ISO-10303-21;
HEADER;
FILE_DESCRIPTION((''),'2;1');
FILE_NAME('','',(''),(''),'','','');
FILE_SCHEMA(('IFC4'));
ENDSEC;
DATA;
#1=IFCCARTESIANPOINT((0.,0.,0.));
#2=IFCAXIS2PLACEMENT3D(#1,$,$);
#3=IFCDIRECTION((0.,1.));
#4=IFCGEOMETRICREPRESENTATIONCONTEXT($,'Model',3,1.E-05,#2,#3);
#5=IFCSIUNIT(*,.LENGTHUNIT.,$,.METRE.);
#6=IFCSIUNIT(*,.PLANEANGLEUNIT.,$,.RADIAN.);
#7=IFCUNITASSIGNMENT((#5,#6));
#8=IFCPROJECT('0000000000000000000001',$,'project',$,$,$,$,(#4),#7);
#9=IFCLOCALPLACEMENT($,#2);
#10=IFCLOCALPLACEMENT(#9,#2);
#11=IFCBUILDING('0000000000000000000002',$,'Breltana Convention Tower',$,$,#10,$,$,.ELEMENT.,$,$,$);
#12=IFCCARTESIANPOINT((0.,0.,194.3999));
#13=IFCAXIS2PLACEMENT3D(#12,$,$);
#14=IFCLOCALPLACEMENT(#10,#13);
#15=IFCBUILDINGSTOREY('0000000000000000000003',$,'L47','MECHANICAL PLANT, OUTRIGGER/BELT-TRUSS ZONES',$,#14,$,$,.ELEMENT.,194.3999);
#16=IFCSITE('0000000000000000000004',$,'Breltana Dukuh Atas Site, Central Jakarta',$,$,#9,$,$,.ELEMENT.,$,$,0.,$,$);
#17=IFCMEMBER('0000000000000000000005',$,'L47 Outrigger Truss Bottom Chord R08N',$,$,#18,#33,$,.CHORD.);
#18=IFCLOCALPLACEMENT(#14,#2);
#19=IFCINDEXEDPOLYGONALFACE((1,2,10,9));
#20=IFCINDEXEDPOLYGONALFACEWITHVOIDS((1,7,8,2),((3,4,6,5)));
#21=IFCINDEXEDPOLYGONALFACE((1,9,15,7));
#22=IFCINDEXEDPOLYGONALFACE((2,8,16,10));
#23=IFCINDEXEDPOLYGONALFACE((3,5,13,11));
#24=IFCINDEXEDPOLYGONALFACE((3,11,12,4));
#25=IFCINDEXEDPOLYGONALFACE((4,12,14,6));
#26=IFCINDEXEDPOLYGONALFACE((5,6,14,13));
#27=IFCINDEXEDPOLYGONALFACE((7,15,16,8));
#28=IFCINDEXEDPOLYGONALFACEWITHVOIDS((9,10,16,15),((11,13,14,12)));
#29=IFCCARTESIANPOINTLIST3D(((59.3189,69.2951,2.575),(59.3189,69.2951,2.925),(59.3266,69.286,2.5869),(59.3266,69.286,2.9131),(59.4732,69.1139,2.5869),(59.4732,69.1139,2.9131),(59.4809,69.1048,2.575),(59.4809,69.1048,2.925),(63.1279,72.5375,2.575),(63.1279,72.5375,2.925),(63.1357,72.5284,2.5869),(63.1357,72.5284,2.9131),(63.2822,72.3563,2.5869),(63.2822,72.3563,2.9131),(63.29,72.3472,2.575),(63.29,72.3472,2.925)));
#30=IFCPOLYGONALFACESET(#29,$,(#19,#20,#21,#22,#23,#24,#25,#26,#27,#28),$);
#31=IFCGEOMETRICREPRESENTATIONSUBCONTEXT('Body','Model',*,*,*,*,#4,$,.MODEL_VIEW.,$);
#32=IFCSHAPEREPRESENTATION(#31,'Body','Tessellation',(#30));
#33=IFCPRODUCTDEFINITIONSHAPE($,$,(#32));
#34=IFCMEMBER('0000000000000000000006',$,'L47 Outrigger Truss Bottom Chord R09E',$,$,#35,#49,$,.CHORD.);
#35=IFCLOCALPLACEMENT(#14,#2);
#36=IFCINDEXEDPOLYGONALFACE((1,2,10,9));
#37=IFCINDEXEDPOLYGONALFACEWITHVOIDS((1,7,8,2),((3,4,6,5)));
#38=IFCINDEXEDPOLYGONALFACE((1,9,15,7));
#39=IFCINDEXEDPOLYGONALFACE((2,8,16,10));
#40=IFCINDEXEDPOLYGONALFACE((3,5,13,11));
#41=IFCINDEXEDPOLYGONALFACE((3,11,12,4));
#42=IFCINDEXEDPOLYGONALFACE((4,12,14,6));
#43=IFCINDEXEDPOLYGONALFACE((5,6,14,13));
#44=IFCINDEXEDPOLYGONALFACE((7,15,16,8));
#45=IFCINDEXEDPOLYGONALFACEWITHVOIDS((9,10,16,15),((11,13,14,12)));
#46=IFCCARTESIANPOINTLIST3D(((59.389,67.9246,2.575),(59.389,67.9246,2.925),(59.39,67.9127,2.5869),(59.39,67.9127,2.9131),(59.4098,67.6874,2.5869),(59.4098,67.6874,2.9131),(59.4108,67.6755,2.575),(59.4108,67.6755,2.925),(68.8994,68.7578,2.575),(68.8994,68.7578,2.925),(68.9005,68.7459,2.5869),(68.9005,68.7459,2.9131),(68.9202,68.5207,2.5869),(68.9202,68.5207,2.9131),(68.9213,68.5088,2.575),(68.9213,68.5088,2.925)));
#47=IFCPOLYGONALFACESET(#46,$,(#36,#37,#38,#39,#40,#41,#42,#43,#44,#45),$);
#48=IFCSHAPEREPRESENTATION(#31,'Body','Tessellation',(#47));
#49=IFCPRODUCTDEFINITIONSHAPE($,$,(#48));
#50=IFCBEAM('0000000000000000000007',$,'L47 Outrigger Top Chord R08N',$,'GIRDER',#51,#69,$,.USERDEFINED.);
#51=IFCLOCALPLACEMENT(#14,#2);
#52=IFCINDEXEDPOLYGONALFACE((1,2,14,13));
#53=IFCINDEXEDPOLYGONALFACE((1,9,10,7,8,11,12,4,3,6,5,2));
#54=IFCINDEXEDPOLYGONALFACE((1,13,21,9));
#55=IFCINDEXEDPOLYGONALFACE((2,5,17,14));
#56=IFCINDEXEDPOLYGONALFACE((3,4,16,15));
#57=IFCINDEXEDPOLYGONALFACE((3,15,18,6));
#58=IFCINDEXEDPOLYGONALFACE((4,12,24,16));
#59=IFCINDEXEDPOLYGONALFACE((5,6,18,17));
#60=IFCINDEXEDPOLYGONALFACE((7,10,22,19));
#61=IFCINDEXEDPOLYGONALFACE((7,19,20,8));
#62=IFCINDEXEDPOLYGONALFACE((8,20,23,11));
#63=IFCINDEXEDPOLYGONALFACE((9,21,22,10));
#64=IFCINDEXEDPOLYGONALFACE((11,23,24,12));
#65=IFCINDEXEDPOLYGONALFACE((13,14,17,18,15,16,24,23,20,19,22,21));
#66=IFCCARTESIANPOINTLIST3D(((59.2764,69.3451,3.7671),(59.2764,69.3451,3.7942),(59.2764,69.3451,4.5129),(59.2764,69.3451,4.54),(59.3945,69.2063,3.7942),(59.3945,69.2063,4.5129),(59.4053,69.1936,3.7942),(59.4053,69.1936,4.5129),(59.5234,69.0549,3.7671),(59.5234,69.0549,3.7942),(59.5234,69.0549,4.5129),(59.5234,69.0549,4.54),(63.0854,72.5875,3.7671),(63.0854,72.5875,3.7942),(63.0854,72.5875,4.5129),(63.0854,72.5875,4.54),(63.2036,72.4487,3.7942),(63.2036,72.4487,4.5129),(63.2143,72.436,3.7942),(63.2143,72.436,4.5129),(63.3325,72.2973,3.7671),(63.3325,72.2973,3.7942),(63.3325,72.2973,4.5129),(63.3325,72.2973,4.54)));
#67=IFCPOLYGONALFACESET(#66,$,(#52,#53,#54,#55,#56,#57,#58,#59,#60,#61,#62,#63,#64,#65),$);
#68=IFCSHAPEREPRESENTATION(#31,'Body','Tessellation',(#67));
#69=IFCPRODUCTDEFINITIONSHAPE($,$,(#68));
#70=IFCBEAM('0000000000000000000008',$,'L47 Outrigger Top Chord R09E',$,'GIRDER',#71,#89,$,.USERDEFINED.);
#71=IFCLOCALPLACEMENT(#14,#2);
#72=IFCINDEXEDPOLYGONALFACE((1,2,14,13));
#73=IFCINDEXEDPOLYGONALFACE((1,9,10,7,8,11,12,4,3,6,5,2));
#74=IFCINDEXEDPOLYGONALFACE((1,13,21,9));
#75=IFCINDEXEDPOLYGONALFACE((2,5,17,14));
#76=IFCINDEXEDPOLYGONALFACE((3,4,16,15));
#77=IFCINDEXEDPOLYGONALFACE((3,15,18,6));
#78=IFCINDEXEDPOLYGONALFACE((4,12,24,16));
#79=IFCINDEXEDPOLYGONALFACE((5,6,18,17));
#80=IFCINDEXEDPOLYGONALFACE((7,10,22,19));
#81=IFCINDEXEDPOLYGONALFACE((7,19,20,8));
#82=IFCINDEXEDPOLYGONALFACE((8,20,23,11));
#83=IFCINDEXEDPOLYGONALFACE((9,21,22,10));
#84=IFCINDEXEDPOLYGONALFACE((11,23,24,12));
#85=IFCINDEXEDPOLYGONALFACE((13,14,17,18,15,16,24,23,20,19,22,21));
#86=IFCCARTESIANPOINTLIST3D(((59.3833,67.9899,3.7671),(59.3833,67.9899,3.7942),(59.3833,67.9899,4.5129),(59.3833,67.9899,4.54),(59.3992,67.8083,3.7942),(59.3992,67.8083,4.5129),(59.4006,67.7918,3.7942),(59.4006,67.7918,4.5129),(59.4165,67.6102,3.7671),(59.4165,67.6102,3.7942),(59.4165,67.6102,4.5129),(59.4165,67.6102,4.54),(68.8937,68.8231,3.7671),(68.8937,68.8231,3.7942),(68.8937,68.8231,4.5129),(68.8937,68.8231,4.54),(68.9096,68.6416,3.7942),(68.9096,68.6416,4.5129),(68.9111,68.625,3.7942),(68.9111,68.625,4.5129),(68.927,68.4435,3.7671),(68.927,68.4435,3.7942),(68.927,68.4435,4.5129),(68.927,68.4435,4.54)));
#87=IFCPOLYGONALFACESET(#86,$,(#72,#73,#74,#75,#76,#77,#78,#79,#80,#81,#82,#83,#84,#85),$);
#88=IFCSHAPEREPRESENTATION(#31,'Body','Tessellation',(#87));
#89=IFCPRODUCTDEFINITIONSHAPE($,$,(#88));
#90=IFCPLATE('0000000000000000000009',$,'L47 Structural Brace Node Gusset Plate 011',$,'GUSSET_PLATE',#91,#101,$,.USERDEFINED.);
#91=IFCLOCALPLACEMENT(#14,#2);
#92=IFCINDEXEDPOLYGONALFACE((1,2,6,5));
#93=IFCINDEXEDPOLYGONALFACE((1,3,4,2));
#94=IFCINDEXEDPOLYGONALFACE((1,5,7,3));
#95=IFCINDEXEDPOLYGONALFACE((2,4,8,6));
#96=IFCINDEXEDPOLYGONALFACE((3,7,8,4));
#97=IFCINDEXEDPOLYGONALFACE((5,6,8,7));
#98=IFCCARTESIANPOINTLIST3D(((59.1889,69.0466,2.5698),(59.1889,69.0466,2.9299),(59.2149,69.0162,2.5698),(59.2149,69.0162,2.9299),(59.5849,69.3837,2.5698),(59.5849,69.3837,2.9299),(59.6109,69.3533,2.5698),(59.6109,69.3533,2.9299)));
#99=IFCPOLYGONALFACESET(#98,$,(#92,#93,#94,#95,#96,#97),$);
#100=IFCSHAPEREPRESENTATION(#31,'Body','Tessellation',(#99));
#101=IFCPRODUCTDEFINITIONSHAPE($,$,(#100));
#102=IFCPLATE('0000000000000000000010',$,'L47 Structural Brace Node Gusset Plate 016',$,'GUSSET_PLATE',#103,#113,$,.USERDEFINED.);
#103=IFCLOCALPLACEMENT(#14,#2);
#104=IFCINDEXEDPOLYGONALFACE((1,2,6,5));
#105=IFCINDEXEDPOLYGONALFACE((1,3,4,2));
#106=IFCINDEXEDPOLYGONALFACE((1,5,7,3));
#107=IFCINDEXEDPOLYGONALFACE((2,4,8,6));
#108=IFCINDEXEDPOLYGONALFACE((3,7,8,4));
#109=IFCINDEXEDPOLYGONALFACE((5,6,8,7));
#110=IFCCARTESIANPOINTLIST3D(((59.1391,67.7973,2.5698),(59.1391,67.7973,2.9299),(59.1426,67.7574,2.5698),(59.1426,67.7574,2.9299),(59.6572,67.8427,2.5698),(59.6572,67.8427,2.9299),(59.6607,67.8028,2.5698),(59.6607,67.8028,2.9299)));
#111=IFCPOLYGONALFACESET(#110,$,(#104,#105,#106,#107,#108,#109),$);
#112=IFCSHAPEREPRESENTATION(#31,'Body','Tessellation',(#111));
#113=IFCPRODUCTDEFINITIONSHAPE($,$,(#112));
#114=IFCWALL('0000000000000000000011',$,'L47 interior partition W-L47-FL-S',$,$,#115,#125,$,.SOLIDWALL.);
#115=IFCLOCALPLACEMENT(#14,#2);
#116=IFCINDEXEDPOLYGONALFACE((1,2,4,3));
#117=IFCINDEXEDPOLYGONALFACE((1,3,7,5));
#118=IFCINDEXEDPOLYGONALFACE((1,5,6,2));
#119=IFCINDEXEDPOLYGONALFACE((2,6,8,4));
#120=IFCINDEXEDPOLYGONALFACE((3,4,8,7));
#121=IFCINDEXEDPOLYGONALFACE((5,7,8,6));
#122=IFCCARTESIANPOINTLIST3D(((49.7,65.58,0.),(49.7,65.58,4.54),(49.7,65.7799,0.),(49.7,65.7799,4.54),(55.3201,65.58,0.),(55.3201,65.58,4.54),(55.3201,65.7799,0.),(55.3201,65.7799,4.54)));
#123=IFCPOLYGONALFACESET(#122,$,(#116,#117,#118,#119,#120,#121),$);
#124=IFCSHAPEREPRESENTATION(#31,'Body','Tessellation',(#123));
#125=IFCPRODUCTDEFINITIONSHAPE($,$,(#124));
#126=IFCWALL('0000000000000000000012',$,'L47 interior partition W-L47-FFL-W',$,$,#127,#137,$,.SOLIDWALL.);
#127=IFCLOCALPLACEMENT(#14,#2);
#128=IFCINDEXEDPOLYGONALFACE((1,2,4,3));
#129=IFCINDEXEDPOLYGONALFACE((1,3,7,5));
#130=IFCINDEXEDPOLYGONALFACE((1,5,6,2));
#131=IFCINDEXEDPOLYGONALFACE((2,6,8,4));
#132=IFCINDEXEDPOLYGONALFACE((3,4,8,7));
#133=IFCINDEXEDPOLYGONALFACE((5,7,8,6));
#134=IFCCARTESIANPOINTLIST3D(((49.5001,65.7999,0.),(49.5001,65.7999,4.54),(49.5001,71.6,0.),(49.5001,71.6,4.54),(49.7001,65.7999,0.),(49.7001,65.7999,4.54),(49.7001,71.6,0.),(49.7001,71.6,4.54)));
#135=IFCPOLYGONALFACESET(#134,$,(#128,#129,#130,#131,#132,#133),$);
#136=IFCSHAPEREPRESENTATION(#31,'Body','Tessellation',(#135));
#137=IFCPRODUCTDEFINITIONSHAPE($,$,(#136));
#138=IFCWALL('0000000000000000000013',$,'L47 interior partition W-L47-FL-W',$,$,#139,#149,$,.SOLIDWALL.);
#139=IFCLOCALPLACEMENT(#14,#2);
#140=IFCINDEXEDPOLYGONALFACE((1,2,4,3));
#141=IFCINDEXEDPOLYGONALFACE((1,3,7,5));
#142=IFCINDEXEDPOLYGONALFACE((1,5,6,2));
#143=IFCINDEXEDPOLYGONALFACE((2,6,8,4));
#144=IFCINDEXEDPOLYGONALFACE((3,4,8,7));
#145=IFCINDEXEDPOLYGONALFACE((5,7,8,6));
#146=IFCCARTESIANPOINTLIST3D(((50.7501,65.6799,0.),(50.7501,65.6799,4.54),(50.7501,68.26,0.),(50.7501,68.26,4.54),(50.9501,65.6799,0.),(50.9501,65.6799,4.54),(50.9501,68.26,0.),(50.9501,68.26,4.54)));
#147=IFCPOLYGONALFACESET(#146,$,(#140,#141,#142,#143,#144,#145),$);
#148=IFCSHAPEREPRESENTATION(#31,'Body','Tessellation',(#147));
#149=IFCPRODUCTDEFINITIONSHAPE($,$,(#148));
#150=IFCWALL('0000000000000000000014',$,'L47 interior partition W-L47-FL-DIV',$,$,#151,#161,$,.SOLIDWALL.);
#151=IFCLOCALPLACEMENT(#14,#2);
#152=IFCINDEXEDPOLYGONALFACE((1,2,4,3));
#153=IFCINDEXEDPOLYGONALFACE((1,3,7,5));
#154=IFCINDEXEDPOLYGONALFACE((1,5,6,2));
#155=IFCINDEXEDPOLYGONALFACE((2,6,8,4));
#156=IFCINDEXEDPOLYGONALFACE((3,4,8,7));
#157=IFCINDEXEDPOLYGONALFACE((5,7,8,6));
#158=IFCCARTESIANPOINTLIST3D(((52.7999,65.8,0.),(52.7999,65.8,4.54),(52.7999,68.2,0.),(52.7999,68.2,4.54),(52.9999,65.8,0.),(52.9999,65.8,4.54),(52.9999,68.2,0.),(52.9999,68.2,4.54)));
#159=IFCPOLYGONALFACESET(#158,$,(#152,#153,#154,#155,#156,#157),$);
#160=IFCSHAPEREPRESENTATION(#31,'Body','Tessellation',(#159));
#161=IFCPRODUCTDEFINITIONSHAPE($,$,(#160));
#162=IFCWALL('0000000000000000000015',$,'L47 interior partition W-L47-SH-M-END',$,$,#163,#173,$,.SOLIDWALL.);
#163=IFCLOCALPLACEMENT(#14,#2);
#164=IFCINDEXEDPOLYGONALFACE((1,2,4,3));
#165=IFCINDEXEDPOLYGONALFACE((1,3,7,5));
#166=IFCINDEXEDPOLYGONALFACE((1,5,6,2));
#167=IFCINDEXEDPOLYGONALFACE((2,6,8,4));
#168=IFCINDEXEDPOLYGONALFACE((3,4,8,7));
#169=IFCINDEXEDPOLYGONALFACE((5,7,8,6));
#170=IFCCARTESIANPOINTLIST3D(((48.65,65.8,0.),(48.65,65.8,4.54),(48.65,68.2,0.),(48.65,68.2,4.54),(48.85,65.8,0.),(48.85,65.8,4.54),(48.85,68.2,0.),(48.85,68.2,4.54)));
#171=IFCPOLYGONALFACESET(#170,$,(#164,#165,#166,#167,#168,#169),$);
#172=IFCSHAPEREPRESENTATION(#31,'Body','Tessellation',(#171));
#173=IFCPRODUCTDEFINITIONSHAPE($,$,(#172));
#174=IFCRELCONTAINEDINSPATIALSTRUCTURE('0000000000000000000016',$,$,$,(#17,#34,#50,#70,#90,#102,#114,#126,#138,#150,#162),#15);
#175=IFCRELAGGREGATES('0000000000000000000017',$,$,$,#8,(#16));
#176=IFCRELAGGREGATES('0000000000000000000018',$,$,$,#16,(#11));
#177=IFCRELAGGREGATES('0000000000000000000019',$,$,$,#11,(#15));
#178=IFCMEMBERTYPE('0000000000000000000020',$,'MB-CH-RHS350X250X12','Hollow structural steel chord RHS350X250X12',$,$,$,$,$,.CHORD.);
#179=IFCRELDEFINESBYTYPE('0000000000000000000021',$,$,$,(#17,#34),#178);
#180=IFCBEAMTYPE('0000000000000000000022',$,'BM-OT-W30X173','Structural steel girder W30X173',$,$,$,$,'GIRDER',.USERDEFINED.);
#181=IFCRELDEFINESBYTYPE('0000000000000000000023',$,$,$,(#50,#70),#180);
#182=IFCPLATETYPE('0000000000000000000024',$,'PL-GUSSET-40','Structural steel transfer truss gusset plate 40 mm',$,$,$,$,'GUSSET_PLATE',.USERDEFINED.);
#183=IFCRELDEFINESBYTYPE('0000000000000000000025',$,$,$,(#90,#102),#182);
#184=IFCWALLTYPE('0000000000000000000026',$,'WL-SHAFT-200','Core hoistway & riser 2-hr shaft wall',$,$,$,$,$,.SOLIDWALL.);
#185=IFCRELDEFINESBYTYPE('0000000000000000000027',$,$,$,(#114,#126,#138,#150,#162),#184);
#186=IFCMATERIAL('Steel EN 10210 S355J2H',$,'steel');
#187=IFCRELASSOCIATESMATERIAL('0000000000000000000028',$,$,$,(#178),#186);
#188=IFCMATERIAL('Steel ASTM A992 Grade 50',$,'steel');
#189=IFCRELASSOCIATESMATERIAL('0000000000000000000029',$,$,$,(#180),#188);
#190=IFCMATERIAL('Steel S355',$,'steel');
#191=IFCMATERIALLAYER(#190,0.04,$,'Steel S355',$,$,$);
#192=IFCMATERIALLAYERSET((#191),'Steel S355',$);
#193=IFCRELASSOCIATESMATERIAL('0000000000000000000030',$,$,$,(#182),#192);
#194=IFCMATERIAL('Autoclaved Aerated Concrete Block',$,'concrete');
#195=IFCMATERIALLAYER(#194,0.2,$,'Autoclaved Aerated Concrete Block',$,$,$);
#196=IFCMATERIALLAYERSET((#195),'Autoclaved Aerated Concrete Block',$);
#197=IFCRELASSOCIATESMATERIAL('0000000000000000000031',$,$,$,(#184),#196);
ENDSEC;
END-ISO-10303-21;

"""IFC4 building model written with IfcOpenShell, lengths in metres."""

from ifc_helpers import new_model, si_unit, direction, frame, frame_2d, origin, origin_2d, place, context, subcontext, project, spatial, rectangle, hollow_rectangle, i_section, extrude, source, transform, mapped, material, layer, layer_set, material_profile, profile_set, type_object, element, save


model = new_model("IFC4")

# Units and contexts
model_context = context("Model", 3, precision=1e-05, world=origin(), true_north=direction((0.0, 1.0)))
body_context = subcontext(model_context, "Body", "Model", "MODEL_VIEW")
ifc_project = project(units=[si_unit("LENGTHUNIT", "METRE"), si_unit("PLANEANGLEUNIT", "RADIAN")], contexts=[model_context])

# Site, building, storey
site_placement = place(None, origin())
site = spatial("IfcSite", under=ifc_project, at=site_placement, Name="Breltana Dukuh Atas Site, Central Jakarta", CompositionType="ELEMENT", RefElevation=0.0)
building_placement = place(site_placement, origin())
building = spatial("IfcBuilding", under=site, at=building_placement, Name="Breltana Convention Tower", CompositionType="ELEMENT")
storey_placement = place(building_placement, frame((0.0, 0.0, 194.3999)))
storey = spatial("IfcBuildingStorey", under=building, at=storey_placement, Name="L47", Description="MECHANICAL PLANT, OUTRIGGER/BELT-TRUSS ZONES", CompositionType="ELEMENT", Elevation=194.3999)

# Members
ifc_material_1 = material(Name="Steel EN 10210 S355J2H", Category="steel")
ifc_material_profile_1 = material_profile(ifc_material_1, hollow_rectangle(XDim=0.25, YDim=0.3501, WallThickness=0.012, at=origin_2d()), Name="RHS350X250X12")
ifc_profile_set_1 = profile_set([ifc_material_profile_1], Name="Steel EN 10210 S355J2H")
member_type = type_object("IfcMemberType", Name="MB-CH-RHS350X250X12", Description="Hollow structural steel chord RHS350X250X12", PredefinedType="CHORD", material=ifc_profile_set_1)
shared_shape_1 = source(origin(), body_context, "Body", "SweptSolid", [
    extrude(hollow_rectangle(XDim=0.25, YDim=0.3501, WallThickness=0.012, at=origin_2d()), origin(), (0.0, 0.0, 1.0), 5.0022),
])
member_1_placement = place(storey_placement, frame((59.3999, 69.2, 2.75), z_axis=(0.761474, 0.648195, 0.0), x_axis=(-0.648195, 0.761474, 0.0)))
element("IfcMember", 1, at=member_1_placement, inside=storey, type_object=member_type, Name="L47 Outrigger Truss Bottom Chord R08N", PredefinedType="CHORD", context=body_context, shape_type="MappedRepresentation", body=[
    mapped(shared_shape_1, transform((0.0, 0.0, 0.0), scale=1.0)),
])
shared_shape_2 = source(origin(), body_context, "Body", "SweptSolid", [
    extrude(hollow_rectangle(XDim=0.25, YDim=0.3501, WallThickness=0.012, at=origin_2d()), origin(), (0.0, 0.0, 1.0), 9.5469),
])
member_2_placement = place(storey_placement, frame((59.3999, 67.8, 2.75), z_axis=(0.996184, 0.08728, 0.0), x_axis=(-0.08728, 0.996184, 0.0)))
element("IfcMember", 2, at=member_2_placement, inside=storey, type_object=member_type, Name="L47 Outrigger Truss Bottom Chord R09E", PredefinedType="CHORD", context=body_context, shape_type="MappedRepresentation", body=[
    mapped(shared_shape_2, transform((0.0, 0.0, 0.0), scale=1.0)),
])

# Beams
ifc_material_2 = material(Name="Steel ASTM A992 Grade 50", Category="steel")
ifc_material_profile_2 = material_profile(ifc_material_2, i_section(OverallWidth=0.3811, OverallDepth=0.7729, WebThickness=0.0166, FlangeThickness=0.0271, at=origin_2d()), Name="W30X173")
ifc_profile_set_2 = profile_set([ifc_material_profile_2], Name="Steel ASTM A992 Grade 50")
beam_type = type_object("IfcBeamType", Name="BM-OT-W30X173", Description="Structural steel girder W30X173", ElementType="GIRDER", PredefinedType="USERDEFINED", material=ifc_profile_set_2)
shared_shape_3 = source(origin(), body_context, "Body", "SweptSolid", [
    extrude(i_section(OverallWidth=0.3811, OverallDepth=0.7729, WebThickness=0.0166, FlangeThickness=0.0271, at=origin_2d()), origin(), (0.0, 0.0, 1.0), 5.0022),
])
beam_1_placement = place(storey_placement, frame((59.3999, 69.2, 4.1536), z_axis=(0.761474, 0.648195, 0.0), x_axis=(-0.648195, 0.761474, 0.0)))
element("IfcBeam", 3, at=beam_1_placement, inside=storey, type_object=beam_type, Name="L47 Outrigger Top Chord R08N", ObjectType="GIRDER", PredefinedType="USERDEFINED", context=body_context, shape_type="MappedRepresentation", body=[
    mapped(shared_shape_3, transform((0.0, 0.0, 0.0), scale=1.0)),
])
shared_shape_4 = source(origin(), body_context, "Body", "SweptSolid", [
    extrude(i_section(OverallWidth=0.3811, OverallDepth=0.7729, WebThickness=0.0166, FlangeThickness=0.0271, at=origin_2d()), origin(), (0.0, 0.0, 1.0), 9.5469),
])
beam_2_placement = place(storey_placement, frame((59.3999, 67.8, 4.1536), z_axis=(0.996184, 0.08728, 0.0), x_axis=(-0.08728, 0.996184, 0.0)))
element("IfcBeam", 4, at=beam_2_placement, inside=storey, type_object=beam_type, Name="L47 Outrigger Top Chord R09E", ObjectType="GIRDER", PredefinedType="USERDEFINED", context=body_context, shape_type="MappedRepresentation", body=[
    mapped(shared_shape_4, transform((0.0, 0.0, 0.0), scale=1.0)),
])

# Plates
ifc_material_3 = material(Name="Steel S355", Category="steel")
ifc_layer_1 = layer(ifc_material_3, 0.04, Name="Steel S355")
ifc_layer_set_1 = layer_set([ifc_layer_1], Name="Steel S355")
plate_type = type_object("IfcPlateType", Name="PL-GUSSET-40", Description="Structural steel transfer truss gusset plate 40 mm", ElementType="GUSSET_PLATE", PredefinedType="USERDEFINED", material=ifc_layer_set_1)
shared_shape_5 = source(origin(), body_context, "Body", "SweptSolid", [
    extrude(rectangle(XDim=0.52, YDim=0.04, at=origin_2d()), origin(), (0.0, 0.0, 1.0), 0.3601),
])
for number, where, z_axis, x_axis, name in (
    (5, (59.3999, 69.2, 2.5698), (0.0, 0.0, 1.0), (0.761425, 0.648253, 0.0), "L47 Structural Brace Node Gusset Plate 011"),
    (6, (59.3999, 67.8, 2.5698), (0.0, 0.0, 1.0), (0.996179, 0.08733, 0.0), "L47 Structural Brace Node Gusset Plate 016"),
):
    element("IfcPlate", number, at=place(storey_placement, frame(where, z_axis=z_axis, x_axis=x_axis)), inside=storey, type_object=plate_type, Name=name, ObjectType="GUSSET_PLATE", PredefinedType="USERDEFINED", context=body_context, shape_type="MappedRepresentation", body=[
        mapped(shared_shape_5, transform((0.0, 0.0, 0.0), scale=1.0)),
    ])

# Shared definitions
ifc_material_4 = material(Name="Autoclaved Aerated Concrete Block", Category="concrete")
ifc_layer_2 = layer(ifc_material_4, 0.2, Name="Autoclaved Aerated Concrete Block")
ifc_layer_set_2 = layer_set([ifc_layer_2], Name="Autoclaved Aerated Concrete Block")
wall_type = type_object("IfcWallType", Name="WL-SHAFT-200", Description="Core hoistway & riser 2-hr shaft wall", PredefinedType="SOLIDWALL", material=ifc_layer_set_2)
shared_shape_6 = source(origin(), body_context, "Body", "SweptSolid", [
    extrude(rectangle(XDim=5.6201, YDim=0.2, at=frame_2d((2.8101, 0.0))), origin(), (0.0, 0.0, 1.0), 4.54),
])

# Walls
wall_1_placement = place(storey_placement, frame((49.7, 65.6799, 0.0), z_axis=(0.0, 0.0, 1.0), x_axis=(1.0, 0.0, 0.0)))
element("IfcWall", 7, at=wall_1_placement, inside=storey, type_object=wall_type, Name="L47 interior partition W-L47-FL-S", PredefinedType="SOLIDWALL", context=body_context, shape_type="MappedRepresentation", body=[
    mapped(shared_shape_6, transform((0.0, 0.0, 0.0), scale=1.0)),
])
shared_shape_7 = source(origin(), body_context, "Body", "SweptSolid", [
    extrude(rectangle(XDim=5.8, YDim=0.2, at=frame_2d((2.8999, 0.0))), origin(), (0.0, 0.0, 1.0), 4.54),
])
wall_2_placement = place(storey_placement, frame((49.6001, 65.8, 0.0), z_axis=(0.0, 0.0, 1.0), x_axis=(0.0, 1.0, 0.0)))
element("IfcWall", 8, at=wall_2_placement, inside=storey, type_object=wall_type, Name="L47 interior partition W-L47-FFL-W", PredefinedType="SOLIDWALL", context=body_context, shape_type="MappedRepresentation", body=[
    mapped(shared_shape_7, transform((0.0, 0.0, 0.0), scale=1.0)),
])
shared_shape_8 = source(origin(), body_context, "Body", "SweptSolid", [
    extrude(rectangle(XDim=2.5801, YDim=0.2, at=frame_2d((1.29, 0.0))), origin(), (0.0, 0.0, 1.0), 4.54),
])
wall_3_placement = place(storey_placement, frame((50.8501, 65.6799, 0.0), z_axis=(0.0, 0.0, 1.0), x_axis=(0.0, 1.0, 0.0)))
element("IfcWall", 9, at=wall_3_placement, inside=storey, type_object=wall_type, Name="L47 interior partition W-L47-FL-W", PredefinedType="SOLIDWALL", context=body_context, shape_type="MappedRepresentation", body=[
    mapped(shared_shape_8, transform((0.0, 0.0, 0.0), scale=1.0)),
])
shared_shape_9 = source(origin(), body_context, "Body", "SweptSolid", [
    extrude(rectangle(XDim=2.3999, YDim=0.2, at=frame_2d((1.2, 0.0))), origin(), (0.0, 0.0, 1.0), 4.54),
])
for number, where, z_axis, x_axis, name in (
    (10, (52.8999, 65.8, 0.0), (0.0, 0.0, 1.0), (0.0, 1.0, 0.0), "L47 interior partition W-L47-FL-DIV"),
    (11, (48.75, 65.8, 0.0), (0.0, 0.0, 1.0), (0.0, 1.0, 0.0), "L47 interior partition W-L47-SH-M-END"),
):
    element("IfcWall", number, at=place(storey_placement, frame(where, z_axis=z_axis, x_axis=x_axis)), inside=storey, type_object=wall_type, Name=name, PredefinedType="SOLIDWALL", context=body_context, shape_type="MappedRepresentation", body=[
        mapped(shared_shape_9, transform((0.0, 0.0, 0.0), scale=1.0)),
    ])

save(model, "model.ifc")
